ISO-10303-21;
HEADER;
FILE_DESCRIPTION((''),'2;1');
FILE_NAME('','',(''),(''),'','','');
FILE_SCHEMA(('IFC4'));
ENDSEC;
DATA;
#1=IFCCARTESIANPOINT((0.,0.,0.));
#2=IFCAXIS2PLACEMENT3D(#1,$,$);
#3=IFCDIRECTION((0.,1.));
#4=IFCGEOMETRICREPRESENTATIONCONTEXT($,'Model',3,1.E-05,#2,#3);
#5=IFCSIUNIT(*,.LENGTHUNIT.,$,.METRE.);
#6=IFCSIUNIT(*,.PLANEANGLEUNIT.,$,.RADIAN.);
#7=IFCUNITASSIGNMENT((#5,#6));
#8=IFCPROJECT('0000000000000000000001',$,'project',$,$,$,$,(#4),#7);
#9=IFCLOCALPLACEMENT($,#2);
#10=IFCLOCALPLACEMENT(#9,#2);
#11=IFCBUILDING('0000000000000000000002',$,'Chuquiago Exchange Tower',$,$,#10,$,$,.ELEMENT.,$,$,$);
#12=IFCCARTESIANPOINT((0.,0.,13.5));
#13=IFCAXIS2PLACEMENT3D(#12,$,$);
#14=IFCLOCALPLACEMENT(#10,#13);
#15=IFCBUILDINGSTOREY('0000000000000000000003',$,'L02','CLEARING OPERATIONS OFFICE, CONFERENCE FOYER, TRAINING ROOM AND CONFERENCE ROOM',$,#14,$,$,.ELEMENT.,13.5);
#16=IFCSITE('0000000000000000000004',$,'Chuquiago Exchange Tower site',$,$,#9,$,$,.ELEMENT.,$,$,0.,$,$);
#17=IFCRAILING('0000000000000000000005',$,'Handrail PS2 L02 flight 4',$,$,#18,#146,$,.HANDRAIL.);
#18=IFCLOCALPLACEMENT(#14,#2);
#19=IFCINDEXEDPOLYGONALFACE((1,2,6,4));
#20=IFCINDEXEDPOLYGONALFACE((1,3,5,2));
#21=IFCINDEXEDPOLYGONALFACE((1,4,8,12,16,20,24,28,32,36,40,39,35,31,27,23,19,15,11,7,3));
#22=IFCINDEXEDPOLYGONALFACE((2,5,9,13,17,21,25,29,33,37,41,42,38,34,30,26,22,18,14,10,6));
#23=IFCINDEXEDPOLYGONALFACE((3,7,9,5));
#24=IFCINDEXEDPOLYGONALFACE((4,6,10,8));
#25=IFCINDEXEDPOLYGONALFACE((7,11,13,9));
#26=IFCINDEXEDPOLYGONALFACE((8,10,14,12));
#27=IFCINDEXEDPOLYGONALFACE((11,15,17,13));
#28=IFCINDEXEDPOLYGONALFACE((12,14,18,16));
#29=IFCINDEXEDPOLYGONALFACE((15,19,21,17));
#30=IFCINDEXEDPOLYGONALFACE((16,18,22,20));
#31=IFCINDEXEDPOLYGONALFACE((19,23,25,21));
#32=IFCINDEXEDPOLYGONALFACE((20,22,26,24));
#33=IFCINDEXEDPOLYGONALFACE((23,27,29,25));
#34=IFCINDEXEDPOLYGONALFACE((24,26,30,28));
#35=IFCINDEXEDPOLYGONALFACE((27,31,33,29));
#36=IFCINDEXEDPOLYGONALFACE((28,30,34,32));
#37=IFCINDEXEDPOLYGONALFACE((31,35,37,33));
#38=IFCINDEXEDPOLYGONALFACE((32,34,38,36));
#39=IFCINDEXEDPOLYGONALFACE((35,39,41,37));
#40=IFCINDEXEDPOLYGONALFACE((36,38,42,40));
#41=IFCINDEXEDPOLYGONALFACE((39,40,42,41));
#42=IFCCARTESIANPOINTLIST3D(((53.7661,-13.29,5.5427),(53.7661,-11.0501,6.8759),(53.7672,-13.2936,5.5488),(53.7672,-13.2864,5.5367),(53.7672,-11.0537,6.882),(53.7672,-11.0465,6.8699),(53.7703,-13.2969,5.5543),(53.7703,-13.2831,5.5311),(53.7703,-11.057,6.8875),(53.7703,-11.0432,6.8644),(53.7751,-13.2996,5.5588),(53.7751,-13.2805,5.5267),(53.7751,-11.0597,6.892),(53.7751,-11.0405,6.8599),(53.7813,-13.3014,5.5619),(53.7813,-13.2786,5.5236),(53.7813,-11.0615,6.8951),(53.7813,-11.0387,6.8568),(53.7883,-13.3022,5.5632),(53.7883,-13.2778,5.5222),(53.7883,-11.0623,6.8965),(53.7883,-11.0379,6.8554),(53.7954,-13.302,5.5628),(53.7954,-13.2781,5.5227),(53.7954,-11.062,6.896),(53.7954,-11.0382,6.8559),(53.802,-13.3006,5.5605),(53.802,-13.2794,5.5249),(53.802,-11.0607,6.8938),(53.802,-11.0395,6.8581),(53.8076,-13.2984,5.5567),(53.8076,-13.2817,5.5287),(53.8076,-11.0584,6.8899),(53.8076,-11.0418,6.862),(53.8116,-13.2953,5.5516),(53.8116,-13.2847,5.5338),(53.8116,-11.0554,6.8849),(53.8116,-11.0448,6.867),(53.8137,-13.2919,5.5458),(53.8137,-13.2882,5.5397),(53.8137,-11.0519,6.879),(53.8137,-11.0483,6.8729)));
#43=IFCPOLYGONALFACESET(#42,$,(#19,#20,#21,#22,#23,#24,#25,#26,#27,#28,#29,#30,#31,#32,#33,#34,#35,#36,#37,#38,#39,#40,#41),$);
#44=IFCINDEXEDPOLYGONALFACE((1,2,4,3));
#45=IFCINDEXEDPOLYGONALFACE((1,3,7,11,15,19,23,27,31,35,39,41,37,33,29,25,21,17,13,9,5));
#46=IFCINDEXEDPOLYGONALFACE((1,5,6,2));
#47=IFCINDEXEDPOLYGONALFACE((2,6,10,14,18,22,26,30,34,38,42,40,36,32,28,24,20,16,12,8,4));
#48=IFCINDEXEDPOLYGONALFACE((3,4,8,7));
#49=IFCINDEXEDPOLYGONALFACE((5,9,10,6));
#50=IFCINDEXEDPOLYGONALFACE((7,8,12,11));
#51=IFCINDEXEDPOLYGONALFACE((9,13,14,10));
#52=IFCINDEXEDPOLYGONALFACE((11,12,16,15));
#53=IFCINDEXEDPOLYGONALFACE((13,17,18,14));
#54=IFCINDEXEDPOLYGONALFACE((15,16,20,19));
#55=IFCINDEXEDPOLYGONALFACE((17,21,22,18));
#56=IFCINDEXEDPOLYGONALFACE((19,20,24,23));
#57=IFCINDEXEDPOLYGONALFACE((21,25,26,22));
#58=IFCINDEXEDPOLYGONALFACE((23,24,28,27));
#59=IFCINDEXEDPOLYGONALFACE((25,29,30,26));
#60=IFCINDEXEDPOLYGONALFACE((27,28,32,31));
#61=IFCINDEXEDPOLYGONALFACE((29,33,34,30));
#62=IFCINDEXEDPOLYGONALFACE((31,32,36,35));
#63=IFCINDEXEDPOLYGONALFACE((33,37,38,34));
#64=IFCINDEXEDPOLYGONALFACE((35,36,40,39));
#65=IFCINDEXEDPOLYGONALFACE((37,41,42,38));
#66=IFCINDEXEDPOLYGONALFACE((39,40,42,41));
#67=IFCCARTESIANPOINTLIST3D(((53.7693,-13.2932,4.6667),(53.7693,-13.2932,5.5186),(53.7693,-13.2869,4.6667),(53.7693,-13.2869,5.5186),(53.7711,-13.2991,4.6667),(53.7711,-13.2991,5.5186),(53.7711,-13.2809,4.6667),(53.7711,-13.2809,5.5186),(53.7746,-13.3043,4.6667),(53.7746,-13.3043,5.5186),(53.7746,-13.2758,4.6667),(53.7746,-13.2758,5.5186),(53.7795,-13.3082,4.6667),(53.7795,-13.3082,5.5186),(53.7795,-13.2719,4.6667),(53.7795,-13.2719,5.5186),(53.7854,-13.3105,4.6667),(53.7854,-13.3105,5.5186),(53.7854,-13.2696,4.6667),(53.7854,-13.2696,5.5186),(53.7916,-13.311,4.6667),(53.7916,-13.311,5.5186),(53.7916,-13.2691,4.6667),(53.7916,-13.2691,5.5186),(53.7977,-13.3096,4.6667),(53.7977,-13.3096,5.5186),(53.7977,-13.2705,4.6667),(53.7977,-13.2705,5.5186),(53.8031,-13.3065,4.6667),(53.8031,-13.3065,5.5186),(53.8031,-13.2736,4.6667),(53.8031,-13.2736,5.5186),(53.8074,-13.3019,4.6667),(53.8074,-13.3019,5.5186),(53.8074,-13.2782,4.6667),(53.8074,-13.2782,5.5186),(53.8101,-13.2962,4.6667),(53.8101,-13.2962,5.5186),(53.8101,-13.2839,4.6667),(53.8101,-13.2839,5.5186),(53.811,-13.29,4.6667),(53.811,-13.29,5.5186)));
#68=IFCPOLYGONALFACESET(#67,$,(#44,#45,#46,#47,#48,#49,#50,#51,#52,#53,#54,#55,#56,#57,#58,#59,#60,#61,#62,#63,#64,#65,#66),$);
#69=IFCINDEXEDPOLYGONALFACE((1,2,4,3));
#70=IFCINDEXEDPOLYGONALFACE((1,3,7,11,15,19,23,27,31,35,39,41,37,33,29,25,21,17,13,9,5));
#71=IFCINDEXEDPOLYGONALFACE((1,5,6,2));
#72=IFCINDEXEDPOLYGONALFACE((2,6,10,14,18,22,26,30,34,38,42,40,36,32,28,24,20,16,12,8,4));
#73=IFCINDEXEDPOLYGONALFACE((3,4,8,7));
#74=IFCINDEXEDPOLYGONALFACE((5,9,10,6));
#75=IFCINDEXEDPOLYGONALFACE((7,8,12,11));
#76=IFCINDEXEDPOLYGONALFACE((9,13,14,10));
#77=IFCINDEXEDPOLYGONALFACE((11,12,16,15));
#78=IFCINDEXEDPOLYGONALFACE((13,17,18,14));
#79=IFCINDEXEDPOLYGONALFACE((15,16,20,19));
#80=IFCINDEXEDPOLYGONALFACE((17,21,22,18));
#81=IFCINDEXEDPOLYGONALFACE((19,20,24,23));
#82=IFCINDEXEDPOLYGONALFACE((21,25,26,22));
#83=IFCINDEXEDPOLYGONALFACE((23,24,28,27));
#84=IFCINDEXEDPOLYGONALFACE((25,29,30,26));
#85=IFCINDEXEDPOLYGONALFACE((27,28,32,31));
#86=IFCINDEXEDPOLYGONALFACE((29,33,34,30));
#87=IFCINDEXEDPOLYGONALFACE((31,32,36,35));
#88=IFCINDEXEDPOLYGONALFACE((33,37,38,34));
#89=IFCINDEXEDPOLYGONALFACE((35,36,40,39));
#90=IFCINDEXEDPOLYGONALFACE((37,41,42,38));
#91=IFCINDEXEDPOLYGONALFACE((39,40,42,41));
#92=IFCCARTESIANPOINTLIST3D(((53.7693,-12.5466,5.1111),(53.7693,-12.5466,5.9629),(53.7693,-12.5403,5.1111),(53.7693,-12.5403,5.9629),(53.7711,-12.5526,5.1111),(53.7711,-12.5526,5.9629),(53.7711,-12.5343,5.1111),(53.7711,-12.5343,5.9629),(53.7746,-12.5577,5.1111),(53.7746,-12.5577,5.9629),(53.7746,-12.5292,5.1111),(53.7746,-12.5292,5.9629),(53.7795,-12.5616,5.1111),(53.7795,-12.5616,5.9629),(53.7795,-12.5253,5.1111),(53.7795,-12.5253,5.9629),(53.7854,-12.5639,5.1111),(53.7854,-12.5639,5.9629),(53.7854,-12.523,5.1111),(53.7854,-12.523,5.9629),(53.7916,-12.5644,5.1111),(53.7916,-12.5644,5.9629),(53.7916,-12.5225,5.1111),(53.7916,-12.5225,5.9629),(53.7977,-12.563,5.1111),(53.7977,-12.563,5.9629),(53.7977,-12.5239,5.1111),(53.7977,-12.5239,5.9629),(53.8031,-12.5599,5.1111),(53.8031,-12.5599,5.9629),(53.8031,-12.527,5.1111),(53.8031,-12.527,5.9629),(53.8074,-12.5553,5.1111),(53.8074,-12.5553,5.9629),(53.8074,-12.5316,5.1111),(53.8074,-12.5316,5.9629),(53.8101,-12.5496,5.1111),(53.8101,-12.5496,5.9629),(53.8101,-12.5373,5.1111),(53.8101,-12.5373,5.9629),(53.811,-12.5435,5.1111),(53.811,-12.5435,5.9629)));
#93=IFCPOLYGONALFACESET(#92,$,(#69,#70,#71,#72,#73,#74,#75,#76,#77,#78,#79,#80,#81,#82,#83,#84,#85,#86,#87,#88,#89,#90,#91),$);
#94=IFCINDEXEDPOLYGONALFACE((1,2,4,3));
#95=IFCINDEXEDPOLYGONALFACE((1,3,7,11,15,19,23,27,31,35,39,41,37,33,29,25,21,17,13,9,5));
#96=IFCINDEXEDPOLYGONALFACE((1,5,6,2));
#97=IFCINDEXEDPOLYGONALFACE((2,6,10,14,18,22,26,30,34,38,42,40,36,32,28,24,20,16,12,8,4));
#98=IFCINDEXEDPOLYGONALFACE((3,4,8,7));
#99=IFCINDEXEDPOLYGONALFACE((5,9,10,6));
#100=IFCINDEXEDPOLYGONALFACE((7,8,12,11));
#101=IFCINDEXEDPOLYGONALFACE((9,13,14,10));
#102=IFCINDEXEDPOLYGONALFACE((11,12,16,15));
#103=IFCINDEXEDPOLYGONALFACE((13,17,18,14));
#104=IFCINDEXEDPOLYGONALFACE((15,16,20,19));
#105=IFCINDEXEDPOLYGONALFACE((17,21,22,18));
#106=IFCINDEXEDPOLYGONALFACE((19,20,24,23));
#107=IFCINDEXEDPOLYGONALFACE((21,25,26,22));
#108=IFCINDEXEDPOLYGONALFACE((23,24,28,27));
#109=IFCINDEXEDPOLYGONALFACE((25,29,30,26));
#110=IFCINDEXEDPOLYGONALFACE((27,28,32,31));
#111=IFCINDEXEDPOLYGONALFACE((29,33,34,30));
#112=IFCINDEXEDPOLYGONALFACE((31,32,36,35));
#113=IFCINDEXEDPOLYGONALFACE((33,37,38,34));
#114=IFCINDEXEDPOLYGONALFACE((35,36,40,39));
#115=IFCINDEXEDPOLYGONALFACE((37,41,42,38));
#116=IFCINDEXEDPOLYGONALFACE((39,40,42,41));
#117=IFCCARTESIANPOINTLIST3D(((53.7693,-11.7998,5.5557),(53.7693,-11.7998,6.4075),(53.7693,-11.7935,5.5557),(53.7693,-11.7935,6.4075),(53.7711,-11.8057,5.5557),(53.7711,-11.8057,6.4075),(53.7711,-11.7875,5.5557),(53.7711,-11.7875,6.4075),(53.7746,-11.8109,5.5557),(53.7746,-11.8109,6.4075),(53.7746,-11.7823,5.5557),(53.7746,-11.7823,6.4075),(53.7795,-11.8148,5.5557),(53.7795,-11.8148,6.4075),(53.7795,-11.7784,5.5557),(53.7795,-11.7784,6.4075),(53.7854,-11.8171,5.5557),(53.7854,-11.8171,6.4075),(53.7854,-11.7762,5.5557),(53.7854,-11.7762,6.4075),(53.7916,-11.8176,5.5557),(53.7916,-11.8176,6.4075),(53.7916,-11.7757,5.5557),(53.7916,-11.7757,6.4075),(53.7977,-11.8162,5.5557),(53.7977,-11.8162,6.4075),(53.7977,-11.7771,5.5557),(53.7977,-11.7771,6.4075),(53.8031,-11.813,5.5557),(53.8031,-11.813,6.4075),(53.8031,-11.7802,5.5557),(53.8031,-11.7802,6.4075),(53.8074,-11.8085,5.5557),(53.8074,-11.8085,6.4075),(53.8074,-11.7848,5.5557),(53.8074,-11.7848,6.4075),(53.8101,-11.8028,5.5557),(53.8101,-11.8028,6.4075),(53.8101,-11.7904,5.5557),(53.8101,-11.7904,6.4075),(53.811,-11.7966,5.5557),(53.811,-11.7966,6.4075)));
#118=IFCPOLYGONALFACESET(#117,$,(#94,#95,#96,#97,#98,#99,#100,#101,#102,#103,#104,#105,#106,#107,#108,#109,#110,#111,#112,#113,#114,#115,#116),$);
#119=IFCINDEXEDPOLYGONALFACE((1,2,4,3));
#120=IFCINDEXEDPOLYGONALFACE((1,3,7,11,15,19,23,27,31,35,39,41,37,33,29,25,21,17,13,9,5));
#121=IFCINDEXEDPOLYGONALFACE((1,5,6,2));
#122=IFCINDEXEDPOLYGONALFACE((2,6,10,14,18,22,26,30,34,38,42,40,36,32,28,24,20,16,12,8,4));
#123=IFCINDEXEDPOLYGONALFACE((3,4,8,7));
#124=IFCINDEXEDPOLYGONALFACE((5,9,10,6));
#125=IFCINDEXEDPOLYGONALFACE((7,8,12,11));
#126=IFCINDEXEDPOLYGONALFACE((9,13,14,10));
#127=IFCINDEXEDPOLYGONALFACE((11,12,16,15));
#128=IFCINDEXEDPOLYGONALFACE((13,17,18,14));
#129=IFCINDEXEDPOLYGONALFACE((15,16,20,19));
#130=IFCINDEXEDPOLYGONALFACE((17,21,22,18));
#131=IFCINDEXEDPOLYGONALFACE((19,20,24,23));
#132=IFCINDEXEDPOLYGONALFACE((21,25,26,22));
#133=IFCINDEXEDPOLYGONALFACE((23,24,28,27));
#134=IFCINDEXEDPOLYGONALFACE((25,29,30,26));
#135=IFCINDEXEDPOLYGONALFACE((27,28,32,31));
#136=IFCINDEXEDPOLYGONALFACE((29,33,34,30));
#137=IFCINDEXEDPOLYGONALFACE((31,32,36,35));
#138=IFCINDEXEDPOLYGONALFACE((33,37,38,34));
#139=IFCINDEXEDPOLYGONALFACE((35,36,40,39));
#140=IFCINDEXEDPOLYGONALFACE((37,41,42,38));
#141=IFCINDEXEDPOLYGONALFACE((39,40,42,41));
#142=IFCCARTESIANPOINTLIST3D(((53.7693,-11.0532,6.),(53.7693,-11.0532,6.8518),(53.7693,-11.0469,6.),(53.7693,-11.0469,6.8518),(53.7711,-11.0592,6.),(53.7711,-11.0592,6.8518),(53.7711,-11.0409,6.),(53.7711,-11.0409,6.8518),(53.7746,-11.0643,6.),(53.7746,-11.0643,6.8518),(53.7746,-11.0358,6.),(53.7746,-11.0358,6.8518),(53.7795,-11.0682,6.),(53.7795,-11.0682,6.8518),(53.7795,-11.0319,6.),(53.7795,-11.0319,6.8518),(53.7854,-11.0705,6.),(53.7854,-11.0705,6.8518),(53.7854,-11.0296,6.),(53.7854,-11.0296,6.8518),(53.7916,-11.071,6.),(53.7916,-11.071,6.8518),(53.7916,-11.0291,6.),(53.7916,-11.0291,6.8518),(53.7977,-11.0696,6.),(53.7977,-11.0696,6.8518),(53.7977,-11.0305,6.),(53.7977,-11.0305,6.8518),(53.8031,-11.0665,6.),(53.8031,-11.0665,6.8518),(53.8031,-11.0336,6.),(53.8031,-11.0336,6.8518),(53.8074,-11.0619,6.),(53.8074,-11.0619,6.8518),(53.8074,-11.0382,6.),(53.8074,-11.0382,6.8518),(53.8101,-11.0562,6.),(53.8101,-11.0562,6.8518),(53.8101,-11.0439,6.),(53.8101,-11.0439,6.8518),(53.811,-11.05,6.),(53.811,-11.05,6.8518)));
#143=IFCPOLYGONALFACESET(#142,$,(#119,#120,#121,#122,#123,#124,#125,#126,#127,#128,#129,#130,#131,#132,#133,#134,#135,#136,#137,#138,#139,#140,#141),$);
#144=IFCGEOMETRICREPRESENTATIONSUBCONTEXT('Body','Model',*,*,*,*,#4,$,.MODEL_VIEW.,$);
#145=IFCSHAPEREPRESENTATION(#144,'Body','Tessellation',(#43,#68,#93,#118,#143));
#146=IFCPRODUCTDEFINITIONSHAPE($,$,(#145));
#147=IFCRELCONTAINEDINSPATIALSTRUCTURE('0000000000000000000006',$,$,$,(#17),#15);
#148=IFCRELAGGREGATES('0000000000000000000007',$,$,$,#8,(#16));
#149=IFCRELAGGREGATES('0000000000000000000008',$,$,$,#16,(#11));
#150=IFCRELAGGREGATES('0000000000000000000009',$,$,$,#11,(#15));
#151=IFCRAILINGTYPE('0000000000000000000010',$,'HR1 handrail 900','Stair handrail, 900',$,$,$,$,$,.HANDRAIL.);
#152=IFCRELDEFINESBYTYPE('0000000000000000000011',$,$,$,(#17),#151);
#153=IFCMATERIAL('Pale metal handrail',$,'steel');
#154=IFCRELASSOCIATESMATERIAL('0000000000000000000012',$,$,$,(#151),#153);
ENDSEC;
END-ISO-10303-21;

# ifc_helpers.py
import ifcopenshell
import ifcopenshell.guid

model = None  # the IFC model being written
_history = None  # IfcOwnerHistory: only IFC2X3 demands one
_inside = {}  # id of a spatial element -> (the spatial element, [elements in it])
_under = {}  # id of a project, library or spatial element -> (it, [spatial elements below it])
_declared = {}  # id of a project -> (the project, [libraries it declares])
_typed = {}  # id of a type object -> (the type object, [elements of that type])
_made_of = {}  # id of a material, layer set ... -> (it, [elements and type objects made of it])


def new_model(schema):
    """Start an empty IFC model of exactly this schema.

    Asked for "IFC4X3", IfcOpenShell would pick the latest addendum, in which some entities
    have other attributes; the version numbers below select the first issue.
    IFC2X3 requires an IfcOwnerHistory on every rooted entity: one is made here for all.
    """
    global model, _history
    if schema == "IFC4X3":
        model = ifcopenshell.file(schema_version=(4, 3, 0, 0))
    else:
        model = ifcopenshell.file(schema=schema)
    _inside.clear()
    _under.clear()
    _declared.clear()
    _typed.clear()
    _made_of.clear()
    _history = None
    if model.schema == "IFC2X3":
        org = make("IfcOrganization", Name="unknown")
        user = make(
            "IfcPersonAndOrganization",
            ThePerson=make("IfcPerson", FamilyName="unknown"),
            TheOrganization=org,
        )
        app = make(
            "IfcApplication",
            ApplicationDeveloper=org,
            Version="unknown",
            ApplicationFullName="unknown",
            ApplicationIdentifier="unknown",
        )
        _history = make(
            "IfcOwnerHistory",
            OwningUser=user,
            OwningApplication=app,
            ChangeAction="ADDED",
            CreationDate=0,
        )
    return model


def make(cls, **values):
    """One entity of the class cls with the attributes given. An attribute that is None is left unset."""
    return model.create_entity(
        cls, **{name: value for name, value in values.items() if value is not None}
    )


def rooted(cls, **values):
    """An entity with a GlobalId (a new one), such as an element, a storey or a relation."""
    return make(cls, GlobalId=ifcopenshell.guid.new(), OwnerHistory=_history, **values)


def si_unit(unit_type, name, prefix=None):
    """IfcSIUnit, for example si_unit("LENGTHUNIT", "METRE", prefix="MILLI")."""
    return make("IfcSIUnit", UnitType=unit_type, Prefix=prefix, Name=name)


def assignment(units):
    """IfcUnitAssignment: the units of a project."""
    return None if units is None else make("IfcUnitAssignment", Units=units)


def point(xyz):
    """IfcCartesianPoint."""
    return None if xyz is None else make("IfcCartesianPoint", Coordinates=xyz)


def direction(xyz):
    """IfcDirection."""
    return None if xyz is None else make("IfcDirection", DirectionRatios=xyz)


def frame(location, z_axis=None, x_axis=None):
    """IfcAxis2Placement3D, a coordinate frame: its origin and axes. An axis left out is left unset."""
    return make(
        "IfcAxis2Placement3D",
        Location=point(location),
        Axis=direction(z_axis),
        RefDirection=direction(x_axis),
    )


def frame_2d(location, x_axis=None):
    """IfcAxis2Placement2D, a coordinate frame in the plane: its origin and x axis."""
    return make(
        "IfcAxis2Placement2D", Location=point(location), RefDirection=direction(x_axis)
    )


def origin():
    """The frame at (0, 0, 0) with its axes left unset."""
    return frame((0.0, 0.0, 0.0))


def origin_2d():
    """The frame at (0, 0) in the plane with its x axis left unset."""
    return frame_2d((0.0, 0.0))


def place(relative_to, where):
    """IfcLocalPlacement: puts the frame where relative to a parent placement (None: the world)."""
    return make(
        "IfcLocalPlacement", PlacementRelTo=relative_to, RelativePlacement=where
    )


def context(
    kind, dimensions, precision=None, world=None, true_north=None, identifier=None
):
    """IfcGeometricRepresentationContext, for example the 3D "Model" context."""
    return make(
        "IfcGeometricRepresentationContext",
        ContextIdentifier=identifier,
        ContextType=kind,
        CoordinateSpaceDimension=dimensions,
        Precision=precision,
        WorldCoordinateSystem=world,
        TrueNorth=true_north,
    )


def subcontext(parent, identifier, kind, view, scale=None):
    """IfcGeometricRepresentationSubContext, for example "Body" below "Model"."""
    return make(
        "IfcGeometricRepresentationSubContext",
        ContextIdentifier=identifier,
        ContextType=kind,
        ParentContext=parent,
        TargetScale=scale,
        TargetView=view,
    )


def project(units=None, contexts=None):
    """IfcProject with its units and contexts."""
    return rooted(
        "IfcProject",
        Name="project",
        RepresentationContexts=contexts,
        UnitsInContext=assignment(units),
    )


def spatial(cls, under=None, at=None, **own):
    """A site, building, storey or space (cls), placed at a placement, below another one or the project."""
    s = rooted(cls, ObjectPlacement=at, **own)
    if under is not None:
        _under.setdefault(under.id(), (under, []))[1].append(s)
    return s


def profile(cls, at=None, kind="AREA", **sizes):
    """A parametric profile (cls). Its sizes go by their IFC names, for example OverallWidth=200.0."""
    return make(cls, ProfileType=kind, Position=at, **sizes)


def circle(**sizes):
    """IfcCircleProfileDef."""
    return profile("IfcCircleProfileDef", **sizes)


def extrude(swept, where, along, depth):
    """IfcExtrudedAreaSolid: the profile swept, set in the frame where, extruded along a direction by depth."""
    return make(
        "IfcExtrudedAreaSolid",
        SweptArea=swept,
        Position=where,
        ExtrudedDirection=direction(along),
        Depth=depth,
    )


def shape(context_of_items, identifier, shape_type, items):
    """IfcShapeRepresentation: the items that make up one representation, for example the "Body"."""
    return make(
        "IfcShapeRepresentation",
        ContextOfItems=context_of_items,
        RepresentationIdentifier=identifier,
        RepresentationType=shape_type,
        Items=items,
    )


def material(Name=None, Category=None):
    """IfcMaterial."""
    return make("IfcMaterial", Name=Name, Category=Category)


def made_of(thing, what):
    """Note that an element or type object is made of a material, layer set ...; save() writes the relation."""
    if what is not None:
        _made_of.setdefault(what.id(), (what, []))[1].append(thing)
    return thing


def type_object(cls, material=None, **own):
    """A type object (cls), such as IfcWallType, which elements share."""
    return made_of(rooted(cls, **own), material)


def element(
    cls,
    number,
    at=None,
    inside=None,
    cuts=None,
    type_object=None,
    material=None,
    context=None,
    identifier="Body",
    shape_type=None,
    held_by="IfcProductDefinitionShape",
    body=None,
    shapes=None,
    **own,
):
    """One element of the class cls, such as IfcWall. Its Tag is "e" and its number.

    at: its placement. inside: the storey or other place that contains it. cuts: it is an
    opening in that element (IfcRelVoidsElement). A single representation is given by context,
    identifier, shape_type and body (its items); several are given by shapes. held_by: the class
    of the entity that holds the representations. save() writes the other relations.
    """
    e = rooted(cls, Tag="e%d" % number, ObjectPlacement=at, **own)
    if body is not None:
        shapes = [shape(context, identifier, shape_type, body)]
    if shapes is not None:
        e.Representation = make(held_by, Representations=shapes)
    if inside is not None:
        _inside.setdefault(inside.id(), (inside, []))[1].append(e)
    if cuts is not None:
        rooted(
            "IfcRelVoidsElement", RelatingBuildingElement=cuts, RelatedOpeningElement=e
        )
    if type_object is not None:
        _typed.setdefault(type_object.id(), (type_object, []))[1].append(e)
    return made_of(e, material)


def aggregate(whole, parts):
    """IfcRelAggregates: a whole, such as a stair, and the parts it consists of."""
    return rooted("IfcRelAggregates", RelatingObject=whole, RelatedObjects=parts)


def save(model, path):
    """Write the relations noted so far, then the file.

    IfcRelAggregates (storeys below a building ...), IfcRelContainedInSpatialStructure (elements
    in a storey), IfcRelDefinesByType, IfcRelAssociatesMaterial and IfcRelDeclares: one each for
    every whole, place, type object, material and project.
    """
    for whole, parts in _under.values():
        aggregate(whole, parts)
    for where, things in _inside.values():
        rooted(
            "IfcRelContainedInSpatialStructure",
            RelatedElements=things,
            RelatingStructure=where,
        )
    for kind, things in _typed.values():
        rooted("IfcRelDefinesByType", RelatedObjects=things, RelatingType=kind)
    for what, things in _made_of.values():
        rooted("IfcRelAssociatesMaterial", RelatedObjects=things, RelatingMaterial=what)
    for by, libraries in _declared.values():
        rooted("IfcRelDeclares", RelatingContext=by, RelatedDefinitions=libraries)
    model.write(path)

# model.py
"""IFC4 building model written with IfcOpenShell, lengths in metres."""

from ifc_helpers import new_model, si_unit, direction, frame, origin, origin_2d, place, context, subcontext, project, spatial, circle, extrude, material, type_object, element, save


model = new_model("IFC4")

# Units and contexts
model_context = context("Model", 3, precision=1e-05, world=origin(), true_north=direction((0.0, 1.0)))
body_context = subcontext(model_context, "Body", "Model", "MODEL_VIEW")
ifc_project = project(units=[si_unit("LENGTHUNIT", "METRE"), si_unit("PLANEANGLEUNIT", "RADIAN")], contexts=[model_context])

# Site, building, storey
site_placement = place(None, origin())
site = spatial("IfcSite", under=ifc_project, at=site_placement, Name="Chuquiago Exchange Tower site", CompositionType="ELEMENT", RefElevation=0.0)
building_placement = place(site_placement, origin())
building = spatial("IfcBuilding", under=site, at=building_placement, Name="Chuquiago Exchange Tower", CompositionType="ELEMENT")
storey_placement = place(building_placement, frame((0.0, 0.0, 13.5)))
storey = spatial("IfcBuildingStorey", under=building, at=storey_placement, Name="L02", Description="CLEARING OPERATIONS OFFICE, CONFERENCE FOYER, TRAINING ROOM AND CONFERENCE ROOM", CompositionType="ELEMENT", Elevation=13.5)

# Railing
ifc_material_1 = material(Name="Pale metal handrail", Category="steel")
railing_type = type_object("IfcRailingType", Name="HR1 handrail 900", Description="Stair handrail, 900", PredefinedType="HANDRAIL", material=ifc_material_1)
for number, where, name in (
    (1, (53.79, -13.29, 4.6667), "Handrail PS2 L02 flight 4"),
):
    element("IfcRailing", number, at=place(storey_placement, frame(where)), inside=storey, type_object=railing_type, Name=name, PredefinedType="HANDRAIL", context=body_context, shape_type="SweptSolid", body=[
        extrude(circle(Radius=0.0239, at=origin_2d()), frame((0.0, 0.0, 0.876), z_axis=(0.0, 0.859306, 0.511462), x_axis=(-1.0, 0.0, 0.0)), (0.0, 0.0, 1.0), 2.6067),
        extrude(circle(Radius=0.021, at=origin_2d()), origin(), (0.0, 0.0, 1.0), 0.8518),
        extrude(circle(Radius=0.021, at=origin_2d()), frame((0.0, 0.7466, 0.4443)), (0.0, 0.0, 1.0), 0.8518),
        extrude(circle(Radius=0.021, at=origin_2d()), frame((0.0, 1.4934, 0.8889)), (0.0, 0.0, 1.0), 0.8518),
        extrude(circle(Radius=0.021, at=origin_2d()), frame((0.0, 2.24, 1.3333)), (0.0, 0.0, 1.0), 0.8518),
    ])

save(model, "model.ifc")
